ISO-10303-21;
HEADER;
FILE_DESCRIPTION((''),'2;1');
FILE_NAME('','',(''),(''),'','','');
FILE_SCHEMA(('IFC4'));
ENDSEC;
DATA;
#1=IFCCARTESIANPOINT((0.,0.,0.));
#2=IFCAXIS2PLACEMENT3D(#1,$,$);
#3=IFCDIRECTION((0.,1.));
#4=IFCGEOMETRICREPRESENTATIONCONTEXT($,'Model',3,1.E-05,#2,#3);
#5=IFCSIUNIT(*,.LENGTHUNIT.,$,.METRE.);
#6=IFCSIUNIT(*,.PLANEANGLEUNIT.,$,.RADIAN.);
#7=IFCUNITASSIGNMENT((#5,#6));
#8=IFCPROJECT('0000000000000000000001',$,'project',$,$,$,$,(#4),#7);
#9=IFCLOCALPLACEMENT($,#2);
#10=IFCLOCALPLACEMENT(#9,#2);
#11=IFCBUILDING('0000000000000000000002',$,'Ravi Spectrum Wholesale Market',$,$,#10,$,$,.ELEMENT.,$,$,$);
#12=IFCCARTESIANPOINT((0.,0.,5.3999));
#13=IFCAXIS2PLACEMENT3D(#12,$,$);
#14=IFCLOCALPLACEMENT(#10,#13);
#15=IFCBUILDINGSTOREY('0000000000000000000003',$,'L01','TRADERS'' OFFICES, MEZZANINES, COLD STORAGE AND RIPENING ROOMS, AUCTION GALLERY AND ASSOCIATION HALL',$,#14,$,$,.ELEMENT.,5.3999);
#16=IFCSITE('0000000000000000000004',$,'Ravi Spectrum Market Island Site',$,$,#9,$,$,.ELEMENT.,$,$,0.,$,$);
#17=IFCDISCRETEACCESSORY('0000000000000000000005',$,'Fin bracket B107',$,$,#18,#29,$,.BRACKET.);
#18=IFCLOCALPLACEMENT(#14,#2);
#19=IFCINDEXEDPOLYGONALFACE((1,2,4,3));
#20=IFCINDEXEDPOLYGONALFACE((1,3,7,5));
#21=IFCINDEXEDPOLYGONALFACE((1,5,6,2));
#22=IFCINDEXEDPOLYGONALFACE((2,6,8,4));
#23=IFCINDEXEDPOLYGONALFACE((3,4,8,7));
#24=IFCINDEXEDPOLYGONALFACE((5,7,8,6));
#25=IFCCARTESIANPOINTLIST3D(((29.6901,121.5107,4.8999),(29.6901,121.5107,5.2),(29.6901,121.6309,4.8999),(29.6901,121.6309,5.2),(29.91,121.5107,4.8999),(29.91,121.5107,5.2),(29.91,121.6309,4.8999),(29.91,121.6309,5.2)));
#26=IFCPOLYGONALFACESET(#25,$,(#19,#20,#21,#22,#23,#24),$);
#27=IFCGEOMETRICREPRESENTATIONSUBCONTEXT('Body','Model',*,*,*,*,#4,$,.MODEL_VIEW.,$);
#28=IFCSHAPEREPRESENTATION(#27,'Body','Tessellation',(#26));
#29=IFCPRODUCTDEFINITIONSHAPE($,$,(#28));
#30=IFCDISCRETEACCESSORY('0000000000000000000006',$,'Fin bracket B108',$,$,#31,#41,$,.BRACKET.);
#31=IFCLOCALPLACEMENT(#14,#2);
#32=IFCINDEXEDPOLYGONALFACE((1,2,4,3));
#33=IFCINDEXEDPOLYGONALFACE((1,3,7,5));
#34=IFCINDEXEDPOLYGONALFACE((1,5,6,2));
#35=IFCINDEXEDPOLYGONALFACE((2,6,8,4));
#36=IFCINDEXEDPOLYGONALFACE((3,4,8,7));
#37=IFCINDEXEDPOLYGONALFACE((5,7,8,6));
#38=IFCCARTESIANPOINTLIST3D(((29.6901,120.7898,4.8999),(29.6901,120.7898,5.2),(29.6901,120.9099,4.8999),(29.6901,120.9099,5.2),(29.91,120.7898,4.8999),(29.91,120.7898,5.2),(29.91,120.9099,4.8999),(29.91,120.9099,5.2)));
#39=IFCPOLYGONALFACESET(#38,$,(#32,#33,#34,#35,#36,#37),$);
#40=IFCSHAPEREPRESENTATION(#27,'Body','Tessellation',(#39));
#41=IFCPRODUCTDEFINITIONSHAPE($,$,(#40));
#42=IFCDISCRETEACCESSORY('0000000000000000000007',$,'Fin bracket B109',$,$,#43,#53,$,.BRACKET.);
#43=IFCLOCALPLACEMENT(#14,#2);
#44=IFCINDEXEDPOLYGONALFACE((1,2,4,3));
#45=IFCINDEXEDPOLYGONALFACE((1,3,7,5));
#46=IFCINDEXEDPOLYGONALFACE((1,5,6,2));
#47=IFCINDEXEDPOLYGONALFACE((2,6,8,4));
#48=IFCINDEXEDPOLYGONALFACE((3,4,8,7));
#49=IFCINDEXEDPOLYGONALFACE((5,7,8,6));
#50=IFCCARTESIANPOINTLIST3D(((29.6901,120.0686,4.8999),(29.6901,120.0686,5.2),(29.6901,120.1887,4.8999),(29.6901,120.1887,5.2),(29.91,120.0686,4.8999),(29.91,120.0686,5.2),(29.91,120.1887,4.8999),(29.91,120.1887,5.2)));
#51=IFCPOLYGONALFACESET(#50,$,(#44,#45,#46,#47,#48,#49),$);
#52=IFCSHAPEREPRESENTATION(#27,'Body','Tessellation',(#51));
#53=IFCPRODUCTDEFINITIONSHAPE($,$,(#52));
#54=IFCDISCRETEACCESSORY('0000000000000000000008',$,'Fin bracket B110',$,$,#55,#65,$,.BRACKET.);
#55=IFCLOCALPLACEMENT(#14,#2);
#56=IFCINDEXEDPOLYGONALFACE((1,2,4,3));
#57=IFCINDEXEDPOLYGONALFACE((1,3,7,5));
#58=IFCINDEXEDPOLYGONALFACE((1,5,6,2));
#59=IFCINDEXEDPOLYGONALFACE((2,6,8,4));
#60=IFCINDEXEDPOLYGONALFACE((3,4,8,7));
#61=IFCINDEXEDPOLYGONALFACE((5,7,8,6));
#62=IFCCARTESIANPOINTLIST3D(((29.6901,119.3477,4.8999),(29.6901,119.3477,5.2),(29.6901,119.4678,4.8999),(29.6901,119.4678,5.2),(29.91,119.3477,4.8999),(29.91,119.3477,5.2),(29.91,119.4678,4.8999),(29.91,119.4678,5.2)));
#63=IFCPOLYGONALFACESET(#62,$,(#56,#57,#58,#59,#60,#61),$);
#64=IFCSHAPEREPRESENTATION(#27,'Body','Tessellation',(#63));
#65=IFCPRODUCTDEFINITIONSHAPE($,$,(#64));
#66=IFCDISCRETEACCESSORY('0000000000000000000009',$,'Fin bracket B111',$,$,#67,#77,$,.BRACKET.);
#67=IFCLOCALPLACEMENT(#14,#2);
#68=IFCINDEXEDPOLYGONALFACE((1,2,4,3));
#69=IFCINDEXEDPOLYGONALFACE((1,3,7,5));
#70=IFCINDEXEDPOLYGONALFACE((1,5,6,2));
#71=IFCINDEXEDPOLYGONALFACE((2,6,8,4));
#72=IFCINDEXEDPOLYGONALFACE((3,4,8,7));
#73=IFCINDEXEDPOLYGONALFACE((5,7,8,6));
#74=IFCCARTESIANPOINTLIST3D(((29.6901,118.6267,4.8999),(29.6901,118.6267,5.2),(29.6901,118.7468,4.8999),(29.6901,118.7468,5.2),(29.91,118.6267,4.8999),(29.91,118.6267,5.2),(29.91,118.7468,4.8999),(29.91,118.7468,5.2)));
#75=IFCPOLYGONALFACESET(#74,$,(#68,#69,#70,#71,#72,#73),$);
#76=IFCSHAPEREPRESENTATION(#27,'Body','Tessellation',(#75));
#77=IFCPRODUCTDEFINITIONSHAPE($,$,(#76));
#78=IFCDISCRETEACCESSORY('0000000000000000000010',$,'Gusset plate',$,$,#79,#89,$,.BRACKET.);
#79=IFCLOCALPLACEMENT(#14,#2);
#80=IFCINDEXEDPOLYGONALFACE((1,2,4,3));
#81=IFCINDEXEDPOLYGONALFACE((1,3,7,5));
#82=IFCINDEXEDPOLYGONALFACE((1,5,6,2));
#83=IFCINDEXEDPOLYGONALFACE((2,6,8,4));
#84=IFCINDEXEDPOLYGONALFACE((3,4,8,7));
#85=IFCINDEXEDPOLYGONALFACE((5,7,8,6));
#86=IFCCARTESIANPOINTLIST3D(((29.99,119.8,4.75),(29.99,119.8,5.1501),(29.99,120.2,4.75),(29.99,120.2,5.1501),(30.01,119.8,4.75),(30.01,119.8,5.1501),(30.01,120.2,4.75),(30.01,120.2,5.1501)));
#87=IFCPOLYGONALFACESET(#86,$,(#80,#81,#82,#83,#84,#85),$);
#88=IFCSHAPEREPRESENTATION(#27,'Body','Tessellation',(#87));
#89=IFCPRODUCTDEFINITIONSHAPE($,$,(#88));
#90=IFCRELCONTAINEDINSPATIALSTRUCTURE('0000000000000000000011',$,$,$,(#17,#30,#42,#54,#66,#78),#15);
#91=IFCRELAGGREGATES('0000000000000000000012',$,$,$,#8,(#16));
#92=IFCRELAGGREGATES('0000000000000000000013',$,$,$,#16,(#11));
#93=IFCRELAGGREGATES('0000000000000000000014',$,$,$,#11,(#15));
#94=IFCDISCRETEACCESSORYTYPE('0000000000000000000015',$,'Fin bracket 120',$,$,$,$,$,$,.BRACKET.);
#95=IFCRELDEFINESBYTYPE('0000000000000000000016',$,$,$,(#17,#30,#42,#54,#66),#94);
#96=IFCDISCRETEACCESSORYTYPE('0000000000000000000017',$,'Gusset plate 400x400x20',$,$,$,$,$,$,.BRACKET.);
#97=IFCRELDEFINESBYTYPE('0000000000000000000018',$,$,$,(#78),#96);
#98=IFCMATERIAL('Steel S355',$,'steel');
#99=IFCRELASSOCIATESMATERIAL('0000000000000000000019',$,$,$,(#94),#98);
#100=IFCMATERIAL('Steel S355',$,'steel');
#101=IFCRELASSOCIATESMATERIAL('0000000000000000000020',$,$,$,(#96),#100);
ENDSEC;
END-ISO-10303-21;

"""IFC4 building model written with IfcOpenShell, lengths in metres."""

from ifc_helpers import new_model, si_unit, direction, frame, origin, origin_2d, place, context, subcontext, project, spatial, rectangle, extrude, material, material_profile, profile_set, type_object, element, save


model = new_model("IFC4")

# Units and contexts
model_context = context("Model", 3, precision=1e-05, world=origin(), true_north=direction((0.0, 1.0)))
body_context = subcontext(model_context, "Body", "Model", "MODEL_VIEW")
ifc_project = project(units=[si_unit("LENGTHUNIT", "METRE"), si_unit("PLANEANGLEUNIT", "RADIAN")], contexts=[model_context])

# Site, building, storey
site_placement = place(None, origin())
site = spatial("IfcSite", under=ifc_project, at=site_placement, Name="Ravi Spectrum Market Island Site", CompositionType="ELEMENT", RefElevation=0.0)
building_placement = place(site_placement, origin())
building = spatial("IfcBuilding", under=site, at=building_placement, Name="Ravi Spectrum Wholesale Market", CompositionType="ELEMENT")
storey_placement = place(building_placement, frame((0.0, 0.0, 5.3999)))
storey = spatial("IfcBuildingStorey", under=building, at=storey_placement, Name="L01", Description="TRADERS' OFFICES, MEZZANINES, COLD STORAGE AND RIPENING ROOMS, AUCTION GALLERY AND ASSOCIATION HALL", CompositionType="ELEMENT", Elevation=5.3999)

# Discrete accessories
ifc_material_1 = material(Name="Steel S355", Category="steel")
discrete_accessory_type_1 = type_object("IfcDiscreteAccessoryType", Name="Fin bracket 120", PredefinedType="BRACKET", material=ifc_material_1)
for number, where, z_axis, x_axis, name in (
    (1, (29.8, 121.5708, 4.8999), (0.0, 0.0, 1.0), (0.0, -1.0, 0.0), "Fin bracket B107"),
    (2, (29.8, 120.8499, 4.8999), (0.0, 0.0, 1.0), (0.0, -1.0, 0.0), "Fin bracket B108"),
    (3, (29.8, 120.1287, 4.8999), (0.0, 0.0, 1.0), (0.0, -1.0, 0.0), "Fin bracket B109"),
    (4, (29.8, 119.4077, 4.8999), (0.0, 0.0, 1.0), (0.0, -1.0, 0.0), "Fin bracket B110"),
    (5, (29.8, 118.6868, 4.8999), (0.0, 0.0, 1.0), (0.0, -1.0, 0.0), "Fin bracket B111"),
):
    element("IfcDiscreteAccessory", number, at=place(storey_placement, frame(where, z_axis=z_axis, x_axis=x_axis)), inside=storey, type_object=discrete_accessory_type_1, Name=name, PredefinedType="BRACKET", context=body_context, shape_type="SweptSolid", body=[
        extrude(rectangle(XDim=0.1201, YDim=0.22, at=origin_2d()), origin(), (0.0, 0.0, 1.0), 0.3),
    ])
ifc_material_2 = material(Name="Steel S355", Category="steel")
ifc_material_profile_1 = material_profile(ifc_material_2, rectangle(XDim=0.3999, YDim=0.02, at=origin_2d()))
ifc_profile_set_1 = profile_set([ifc_material_profile_1], Name="Steel S355")
discrete_accessory_type_2 = type_object("IfcDiscreteAccessoryType", Name="Gusset plate 400x400x20", PredefinedType="BRACKET", material=ifc_profile_set_1)
discrete_accessory_placement = place(storey_placement, frame((30.0, 120.0, 4.75), z_axis=(0.0, 0.0, 1.0), x_axis=(0.0, 1.0, 0.0)))
element("IfcDiscreteAccessory", 6, at=discrete_accessory_placement, inside=storey, type_object=discrete_accessory_type_2, Name="Gusset plate", PredefinedType="BRACKET", context=body_context, shape_type="SweptSolid", body=[
    extrude(rectangle(XDim=0.3999, YDim=0.02, at=origin_2d()), origin(), (0.0, 0.0, 1.0), 0.4001),
])

save(model, "model.ifc")
